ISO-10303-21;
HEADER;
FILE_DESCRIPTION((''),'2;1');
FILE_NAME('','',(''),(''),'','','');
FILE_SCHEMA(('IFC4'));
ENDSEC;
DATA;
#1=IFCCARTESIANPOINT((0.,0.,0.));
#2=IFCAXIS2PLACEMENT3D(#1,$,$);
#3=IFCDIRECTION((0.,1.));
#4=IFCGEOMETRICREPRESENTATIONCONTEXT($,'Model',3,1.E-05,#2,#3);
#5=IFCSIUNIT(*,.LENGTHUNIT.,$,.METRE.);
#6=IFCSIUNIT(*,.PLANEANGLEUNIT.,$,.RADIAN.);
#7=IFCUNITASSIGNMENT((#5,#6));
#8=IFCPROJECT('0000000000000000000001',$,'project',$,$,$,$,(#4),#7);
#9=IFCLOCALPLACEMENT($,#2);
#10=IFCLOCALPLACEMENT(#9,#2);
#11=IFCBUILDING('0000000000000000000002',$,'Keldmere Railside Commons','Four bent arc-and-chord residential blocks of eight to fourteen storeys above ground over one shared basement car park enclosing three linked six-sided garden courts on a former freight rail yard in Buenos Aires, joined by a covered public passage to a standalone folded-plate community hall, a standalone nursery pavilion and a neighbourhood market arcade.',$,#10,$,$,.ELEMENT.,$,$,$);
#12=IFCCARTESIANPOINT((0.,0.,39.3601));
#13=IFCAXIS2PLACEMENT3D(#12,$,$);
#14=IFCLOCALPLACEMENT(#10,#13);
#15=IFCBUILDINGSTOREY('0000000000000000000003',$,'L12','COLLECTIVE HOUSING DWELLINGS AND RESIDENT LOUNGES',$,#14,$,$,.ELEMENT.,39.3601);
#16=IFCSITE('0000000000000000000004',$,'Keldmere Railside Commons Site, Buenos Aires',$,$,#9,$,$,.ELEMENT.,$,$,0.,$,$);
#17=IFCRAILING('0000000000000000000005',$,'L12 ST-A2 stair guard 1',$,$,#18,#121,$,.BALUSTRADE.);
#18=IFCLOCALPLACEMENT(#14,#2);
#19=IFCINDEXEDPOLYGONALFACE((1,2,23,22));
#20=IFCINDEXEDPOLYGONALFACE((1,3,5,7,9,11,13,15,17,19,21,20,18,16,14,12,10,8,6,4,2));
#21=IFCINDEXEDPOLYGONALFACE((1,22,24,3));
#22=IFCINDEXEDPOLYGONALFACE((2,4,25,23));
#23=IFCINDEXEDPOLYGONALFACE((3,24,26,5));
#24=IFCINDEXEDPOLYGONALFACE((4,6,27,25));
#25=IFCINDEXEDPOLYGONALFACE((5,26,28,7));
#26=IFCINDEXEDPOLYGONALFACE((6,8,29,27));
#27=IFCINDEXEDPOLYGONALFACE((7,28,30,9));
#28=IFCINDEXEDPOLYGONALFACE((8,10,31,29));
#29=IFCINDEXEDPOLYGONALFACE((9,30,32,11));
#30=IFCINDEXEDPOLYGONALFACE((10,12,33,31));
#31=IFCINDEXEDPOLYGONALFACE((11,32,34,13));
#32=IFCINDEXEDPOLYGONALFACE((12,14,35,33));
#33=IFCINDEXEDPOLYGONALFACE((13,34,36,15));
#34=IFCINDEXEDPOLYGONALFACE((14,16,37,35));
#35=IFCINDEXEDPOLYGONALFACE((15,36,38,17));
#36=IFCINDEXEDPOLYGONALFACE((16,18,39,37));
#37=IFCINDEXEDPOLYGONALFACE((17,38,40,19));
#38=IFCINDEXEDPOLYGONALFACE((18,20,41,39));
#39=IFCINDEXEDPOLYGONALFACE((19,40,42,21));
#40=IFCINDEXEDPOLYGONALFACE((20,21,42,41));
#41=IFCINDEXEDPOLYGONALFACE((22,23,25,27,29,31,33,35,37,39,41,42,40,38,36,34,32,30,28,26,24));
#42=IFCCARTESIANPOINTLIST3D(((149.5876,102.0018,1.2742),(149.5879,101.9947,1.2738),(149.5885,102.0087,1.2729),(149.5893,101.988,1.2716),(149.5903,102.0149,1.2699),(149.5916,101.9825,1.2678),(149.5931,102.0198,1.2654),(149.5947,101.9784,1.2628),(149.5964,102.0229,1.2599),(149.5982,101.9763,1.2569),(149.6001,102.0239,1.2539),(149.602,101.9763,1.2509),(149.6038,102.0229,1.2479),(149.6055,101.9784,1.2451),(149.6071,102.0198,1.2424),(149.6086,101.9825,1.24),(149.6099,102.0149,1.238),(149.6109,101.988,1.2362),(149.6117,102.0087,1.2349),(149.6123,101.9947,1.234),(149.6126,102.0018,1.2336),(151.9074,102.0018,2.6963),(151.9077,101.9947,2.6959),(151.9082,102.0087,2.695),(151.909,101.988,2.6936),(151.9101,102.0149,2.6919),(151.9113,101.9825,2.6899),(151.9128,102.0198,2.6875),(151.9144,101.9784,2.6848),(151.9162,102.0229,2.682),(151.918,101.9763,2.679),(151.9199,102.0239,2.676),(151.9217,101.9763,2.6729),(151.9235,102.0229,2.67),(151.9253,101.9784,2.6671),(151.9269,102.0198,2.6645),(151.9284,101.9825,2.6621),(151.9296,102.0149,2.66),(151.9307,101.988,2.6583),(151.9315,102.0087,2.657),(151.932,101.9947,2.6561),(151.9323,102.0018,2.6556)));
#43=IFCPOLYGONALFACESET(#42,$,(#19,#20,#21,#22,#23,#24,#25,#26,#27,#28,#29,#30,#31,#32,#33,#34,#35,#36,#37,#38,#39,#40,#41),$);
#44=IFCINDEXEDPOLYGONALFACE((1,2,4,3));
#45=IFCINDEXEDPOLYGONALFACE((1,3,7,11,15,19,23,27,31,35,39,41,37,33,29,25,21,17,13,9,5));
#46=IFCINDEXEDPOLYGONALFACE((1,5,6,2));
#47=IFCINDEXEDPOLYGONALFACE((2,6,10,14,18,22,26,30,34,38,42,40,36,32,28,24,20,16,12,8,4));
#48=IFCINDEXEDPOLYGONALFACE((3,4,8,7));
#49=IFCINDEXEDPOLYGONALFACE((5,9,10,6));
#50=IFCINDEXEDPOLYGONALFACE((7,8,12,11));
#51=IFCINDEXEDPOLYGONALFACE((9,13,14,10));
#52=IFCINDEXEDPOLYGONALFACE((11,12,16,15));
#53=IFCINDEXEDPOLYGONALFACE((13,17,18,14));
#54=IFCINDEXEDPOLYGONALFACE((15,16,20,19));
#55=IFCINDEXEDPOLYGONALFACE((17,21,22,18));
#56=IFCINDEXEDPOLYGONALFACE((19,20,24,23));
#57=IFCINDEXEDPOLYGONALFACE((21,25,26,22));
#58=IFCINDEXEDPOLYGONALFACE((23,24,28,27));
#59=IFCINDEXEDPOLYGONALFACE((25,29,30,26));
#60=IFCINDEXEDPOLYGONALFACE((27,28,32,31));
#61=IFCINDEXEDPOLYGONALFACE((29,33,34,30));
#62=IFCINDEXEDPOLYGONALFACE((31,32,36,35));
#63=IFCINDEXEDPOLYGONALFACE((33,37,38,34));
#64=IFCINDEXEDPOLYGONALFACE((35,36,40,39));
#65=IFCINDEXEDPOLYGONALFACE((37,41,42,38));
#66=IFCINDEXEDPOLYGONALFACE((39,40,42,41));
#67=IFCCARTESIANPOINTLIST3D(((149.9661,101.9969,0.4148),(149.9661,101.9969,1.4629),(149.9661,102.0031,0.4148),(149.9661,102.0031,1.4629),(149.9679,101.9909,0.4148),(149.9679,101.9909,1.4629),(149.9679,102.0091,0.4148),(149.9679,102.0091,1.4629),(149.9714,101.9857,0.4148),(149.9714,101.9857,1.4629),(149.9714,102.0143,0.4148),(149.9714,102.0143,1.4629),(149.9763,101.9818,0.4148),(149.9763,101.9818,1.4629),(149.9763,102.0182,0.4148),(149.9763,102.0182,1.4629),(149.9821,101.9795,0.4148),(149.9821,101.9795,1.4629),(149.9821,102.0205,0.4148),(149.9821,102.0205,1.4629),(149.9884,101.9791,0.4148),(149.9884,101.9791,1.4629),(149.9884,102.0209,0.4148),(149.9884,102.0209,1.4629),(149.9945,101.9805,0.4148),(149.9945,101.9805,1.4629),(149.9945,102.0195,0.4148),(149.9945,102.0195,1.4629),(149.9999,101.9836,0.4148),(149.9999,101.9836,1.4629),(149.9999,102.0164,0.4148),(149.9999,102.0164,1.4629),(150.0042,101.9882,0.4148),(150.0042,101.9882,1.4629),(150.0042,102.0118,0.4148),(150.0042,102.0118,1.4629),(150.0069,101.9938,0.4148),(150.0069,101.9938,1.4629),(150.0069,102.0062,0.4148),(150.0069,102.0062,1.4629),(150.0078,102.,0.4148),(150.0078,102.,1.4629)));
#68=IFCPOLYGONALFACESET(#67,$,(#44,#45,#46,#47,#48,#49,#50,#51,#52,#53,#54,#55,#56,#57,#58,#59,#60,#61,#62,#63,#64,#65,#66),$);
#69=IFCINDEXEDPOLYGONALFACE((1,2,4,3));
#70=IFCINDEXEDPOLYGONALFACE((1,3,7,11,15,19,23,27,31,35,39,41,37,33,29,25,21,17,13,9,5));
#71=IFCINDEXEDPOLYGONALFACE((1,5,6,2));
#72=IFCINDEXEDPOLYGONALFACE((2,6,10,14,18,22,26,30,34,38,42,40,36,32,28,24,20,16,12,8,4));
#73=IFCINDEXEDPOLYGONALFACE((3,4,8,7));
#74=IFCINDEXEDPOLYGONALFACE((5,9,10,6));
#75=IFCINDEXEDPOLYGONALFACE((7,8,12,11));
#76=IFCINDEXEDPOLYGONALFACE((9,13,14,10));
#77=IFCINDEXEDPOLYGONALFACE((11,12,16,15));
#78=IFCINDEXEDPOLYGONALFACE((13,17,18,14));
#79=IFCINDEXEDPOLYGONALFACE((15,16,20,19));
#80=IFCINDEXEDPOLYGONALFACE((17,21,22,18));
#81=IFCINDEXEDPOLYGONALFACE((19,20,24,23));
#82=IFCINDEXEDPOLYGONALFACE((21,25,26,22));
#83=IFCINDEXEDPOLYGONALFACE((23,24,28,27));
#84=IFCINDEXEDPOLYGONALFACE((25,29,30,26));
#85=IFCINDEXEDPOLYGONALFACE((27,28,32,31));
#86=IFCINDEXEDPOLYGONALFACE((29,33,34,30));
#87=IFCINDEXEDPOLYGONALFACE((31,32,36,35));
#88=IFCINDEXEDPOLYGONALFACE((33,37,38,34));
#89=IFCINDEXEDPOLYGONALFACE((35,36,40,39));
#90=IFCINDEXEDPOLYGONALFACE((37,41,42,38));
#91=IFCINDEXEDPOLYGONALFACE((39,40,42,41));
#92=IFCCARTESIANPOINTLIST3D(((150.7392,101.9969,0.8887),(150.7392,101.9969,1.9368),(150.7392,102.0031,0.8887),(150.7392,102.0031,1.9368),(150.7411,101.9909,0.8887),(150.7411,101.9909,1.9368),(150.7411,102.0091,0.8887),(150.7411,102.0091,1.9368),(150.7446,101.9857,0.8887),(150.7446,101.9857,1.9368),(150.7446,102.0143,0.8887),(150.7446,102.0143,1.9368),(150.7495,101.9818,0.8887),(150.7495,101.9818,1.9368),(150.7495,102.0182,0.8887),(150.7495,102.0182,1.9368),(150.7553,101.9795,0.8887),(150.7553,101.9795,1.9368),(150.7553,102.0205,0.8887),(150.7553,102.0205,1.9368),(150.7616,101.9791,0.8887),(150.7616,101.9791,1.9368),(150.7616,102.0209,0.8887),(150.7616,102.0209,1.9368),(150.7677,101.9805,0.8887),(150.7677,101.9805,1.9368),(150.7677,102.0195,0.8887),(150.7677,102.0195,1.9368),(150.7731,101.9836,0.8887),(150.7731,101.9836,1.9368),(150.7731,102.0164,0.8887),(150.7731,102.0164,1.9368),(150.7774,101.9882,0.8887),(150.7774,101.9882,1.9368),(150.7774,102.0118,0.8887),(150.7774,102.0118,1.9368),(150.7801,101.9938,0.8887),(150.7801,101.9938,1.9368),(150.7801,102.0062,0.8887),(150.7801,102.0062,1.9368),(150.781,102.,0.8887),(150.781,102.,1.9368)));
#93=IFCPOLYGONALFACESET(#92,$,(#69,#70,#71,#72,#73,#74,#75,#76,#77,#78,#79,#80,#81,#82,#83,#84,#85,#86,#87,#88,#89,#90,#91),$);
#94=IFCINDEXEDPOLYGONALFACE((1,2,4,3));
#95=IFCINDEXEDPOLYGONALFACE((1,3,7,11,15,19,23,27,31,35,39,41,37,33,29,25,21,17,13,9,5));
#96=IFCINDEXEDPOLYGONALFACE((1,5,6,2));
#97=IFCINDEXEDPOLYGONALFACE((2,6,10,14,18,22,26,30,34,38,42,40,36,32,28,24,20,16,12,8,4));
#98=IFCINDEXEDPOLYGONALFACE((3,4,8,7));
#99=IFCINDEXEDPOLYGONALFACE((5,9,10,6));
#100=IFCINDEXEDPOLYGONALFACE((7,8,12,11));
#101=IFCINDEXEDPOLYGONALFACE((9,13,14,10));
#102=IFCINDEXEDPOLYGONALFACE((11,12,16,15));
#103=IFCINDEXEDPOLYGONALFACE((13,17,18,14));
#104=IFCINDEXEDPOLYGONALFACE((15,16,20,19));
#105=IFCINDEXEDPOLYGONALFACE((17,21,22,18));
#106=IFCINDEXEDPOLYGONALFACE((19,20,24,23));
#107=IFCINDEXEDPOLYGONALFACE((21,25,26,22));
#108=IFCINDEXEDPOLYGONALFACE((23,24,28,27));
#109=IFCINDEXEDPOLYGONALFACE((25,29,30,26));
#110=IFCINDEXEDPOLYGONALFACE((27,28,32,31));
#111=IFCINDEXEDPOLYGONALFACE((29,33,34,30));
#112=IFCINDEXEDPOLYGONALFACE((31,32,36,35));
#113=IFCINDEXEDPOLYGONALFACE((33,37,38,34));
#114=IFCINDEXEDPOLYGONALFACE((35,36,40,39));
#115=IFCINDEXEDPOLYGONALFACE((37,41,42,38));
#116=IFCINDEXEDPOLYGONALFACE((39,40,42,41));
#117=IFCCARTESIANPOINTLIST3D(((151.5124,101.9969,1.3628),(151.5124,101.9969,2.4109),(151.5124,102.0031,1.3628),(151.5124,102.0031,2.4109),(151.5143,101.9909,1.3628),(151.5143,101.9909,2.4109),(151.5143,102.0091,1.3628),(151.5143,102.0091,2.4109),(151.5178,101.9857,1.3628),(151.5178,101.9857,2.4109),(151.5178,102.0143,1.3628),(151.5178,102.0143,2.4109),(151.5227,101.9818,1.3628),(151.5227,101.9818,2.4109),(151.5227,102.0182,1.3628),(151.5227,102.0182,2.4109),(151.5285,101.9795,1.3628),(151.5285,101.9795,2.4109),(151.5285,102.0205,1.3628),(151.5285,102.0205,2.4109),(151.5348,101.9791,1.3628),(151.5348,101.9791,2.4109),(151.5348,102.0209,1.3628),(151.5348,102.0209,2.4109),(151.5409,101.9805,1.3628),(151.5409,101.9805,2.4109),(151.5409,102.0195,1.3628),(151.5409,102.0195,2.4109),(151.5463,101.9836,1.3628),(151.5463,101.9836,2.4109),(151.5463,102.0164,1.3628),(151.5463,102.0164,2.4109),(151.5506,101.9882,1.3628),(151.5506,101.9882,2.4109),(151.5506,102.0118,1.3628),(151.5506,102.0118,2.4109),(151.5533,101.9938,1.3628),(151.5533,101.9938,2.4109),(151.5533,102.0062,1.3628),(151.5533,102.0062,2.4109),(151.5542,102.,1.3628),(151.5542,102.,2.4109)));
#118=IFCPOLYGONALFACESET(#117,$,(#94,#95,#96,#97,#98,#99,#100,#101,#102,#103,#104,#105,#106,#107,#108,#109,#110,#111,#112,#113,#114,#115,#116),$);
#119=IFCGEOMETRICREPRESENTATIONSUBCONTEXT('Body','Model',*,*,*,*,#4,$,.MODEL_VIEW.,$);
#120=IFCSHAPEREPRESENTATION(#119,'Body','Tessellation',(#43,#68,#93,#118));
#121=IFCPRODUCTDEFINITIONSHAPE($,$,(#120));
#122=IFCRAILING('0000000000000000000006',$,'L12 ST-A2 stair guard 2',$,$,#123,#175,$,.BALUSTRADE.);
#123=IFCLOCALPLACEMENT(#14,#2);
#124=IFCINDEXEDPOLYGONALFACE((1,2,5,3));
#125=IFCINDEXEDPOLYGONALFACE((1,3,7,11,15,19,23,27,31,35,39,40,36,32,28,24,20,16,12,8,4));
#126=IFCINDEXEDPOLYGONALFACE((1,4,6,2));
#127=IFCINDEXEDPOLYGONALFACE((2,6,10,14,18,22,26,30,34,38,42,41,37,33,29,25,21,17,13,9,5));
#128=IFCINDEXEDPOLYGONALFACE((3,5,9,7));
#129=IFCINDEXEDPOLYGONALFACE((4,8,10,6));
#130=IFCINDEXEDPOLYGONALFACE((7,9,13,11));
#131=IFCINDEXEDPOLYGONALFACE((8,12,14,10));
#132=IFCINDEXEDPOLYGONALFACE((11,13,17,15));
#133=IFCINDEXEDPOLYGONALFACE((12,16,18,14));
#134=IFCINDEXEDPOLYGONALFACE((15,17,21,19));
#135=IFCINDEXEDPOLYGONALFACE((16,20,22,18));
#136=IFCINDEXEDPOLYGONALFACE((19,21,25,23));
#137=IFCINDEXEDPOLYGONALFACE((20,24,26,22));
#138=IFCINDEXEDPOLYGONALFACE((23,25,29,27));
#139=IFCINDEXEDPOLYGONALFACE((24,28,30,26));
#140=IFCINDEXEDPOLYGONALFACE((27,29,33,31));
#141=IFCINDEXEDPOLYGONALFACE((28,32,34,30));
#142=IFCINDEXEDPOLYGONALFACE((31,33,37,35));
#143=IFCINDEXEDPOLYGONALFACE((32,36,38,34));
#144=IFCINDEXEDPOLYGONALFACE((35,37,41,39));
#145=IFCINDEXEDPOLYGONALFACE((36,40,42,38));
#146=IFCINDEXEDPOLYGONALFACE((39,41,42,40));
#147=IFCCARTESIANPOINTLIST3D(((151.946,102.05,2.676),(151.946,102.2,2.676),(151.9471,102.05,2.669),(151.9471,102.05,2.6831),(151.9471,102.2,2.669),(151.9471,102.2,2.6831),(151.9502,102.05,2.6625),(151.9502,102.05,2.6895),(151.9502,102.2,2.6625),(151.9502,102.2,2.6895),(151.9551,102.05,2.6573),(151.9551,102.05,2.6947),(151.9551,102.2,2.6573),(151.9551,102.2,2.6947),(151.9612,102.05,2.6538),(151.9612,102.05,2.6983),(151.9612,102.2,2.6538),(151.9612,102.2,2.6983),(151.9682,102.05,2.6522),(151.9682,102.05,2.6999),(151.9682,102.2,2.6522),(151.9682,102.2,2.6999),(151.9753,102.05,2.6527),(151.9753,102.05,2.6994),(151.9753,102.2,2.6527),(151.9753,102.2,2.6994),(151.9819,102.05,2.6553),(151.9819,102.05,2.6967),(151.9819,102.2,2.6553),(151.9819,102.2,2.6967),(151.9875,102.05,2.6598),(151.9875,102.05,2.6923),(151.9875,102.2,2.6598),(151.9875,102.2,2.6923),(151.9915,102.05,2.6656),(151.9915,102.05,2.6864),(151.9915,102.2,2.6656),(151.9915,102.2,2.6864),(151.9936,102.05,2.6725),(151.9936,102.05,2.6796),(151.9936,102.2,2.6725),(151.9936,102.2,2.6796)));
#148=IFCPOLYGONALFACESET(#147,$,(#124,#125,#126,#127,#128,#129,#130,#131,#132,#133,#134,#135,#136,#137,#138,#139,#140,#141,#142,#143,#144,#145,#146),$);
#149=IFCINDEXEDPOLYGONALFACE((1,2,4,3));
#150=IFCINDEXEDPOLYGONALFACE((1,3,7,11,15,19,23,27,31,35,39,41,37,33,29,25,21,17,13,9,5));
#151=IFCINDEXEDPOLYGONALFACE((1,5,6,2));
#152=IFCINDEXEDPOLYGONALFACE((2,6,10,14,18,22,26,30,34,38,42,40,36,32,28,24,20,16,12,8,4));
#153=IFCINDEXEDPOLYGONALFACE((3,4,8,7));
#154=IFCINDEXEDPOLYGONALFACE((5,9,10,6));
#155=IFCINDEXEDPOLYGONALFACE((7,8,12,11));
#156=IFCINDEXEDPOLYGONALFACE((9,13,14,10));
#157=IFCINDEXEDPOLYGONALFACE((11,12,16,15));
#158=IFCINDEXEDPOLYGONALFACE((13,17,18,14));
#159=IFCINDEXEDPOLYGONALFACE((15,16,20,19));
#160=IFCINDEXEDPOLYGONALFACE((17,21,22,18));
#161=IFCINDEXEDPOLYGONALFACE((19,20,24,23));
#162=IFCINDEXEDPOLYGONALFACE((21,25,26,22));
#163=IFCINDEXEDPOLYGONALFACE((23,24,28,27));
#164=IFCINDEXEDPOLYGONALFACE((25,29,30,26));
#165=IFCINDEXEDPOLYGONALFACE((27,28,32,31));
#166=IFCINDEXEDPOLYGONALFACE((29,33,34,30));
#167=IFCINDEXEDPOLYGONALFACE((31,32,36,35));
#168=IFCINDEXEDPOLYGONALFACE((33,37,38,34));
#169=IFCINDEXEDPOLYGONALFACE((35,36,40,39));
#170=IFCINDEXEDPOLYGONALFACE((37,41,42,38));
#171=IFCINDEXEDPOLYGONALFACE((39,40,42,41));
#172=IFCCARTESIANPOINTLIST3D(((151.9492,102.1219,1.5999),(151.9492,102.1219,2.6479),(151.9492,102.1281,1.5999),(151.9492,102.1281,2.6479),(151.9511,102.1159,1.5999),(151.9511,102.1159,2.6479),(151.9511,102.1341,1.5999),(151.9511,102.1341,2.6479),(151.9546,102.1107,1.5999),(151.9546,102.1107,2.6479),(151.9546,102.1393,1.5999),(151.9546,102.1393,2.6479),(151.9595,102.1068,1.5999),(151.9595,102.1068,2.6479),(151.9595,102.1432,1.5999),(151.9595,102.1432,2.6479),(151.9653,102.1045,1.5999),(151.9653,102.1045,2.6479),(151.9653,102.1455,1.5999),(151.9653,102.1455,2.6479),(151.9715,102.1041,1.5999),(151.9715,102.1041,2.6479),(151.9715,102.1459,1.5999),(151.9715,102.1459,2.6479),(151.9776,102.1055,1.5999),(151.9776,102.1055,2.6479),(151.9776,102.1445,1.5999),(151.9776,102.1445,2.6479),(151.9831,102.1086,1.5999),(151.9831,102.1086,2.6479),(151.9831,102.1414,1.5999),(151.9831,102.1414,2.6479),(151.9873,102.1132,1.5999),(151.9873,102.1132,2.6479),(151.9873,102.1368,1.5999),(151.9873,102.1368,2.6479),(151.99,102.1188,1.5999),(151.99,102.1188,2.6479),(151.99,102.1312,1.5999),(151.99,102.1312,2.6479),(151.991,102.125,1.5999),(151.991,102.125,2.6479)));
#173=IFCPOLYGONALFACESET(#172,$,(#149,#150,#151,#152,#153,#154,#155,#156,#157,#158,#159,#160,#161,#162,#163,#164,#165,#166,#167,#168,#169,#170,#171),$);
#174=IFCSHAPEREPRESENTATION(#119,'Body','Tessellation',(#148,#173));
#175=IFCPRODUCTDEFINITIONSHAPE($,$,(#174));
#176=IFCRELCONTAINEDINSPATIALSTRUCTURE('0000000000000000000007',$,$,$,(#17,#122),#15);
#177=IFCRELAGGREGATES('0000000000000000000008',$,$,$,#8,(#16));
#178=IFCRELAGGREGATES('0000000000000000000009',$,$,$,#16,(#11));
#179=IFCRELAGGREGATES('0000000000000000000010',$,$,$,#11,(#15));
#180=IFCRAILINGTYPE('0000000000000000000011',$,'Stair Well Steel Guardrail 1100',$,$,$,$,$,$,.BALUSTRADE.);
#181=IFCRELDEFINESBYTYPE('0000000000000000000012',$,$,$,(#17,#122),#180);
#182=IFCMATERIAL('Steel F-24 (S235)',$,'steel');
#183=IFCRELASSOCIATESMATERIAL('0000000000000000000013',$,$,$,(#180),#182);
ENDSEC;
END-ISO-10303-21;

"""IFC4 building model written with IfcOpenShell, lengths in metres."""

from ifc_helpers import new_model, si_unit, direction, frame, origin, origin_2d, place, context, subcontext, project, spatial, circle, extrude, material, type_object, element, save


model = new_model("IFC4")

# Units and contexts
model_context = context("Model", 3, precision=1e-05, world=origin(), true_north=direction((0.0, 1.0)))
body_context = subcontext(model_context, "Body", "Model", "MODEL_VIEW")
ifc_project = project(units=[si_unit("LENGTHUNIT", "METRE"), si_unit("PLANEANGLEUNIT", "RADIAN")], contexts=[model_context])

# Site, building, storey
site_placement = place(None, origin())
site = spatial("IfcSite", under=ifc_project, at=site_placement, Name="Keldmere Railside Commons Site, Buenos Aires", CompositionType="ELEMENT", RefElevation=0.0)
building_placement = place(site_placement, origin())
building = spatial("IfcBuilding", under=site, at=building_placement, Name="Keldmere Railside Commons", Description="Four bent arc-and-chord residential blocks of eight to fourteen storeys above ground over one shared basement car park enclosing three linked six-sided garden courts on a former freight rail yard in Buenos Aires, joined by a covered public passage to a standalone folded-plate community hall, a standalone nursery pavilion and a neighbourhood market arcade.", CompositionType="ELEMENT")
storey_placement = place(building_placement, frame((0.0, 0.0, 39.3601)))
storey = spatial("IfcBuildingStorey", under=building, at=storey_placement, Name="L12", Description="COLLECTIVE HOUSING DWELLINGS AND RESIDENT LOUNGES", CompositionType="ELEMENT", Elevation=39.3601)

# Railings
ifc_material_1 = material(Name="Steel F-24 (S235)", Category="steel")
railing_type_1 = type_object("IfcRailingType", Name="Stair Well Steel Guardrail 1100", PredefinedType="BALUSTRADE", material=ifc_material_1)
railing_1_placement = place(storey_placement, frame((149.6001, 102.0, 0.1777)))
element("IfcRailing", 1, at=railing_1_placement, inside=storey, type_object=railing_type_1, Name="L12 ST-A2 stair guard 1", PredefinedType="BALUSTRADE", context=body_context, shape_type="SweptSolid", body=[
    extrude(circle(Radius=0.0239, at=origin_2d()), frame((0.0, 0.0, 1.0762), z_axis=(0.852554, 0.0, 0.52264), x_axis=(0.0, 1.0, 0.0)), (0.0, 0.0, 1.0), 2.7209),
    extrude(circle(Radius=0.021, at=origin_2d()), frame((0.3867, 0.0, 0.2371)), (0.0, 0.0, 1.0), 1.0481),
    extrude(circle(Radius=0.021, at=origin_2d()), frame((1.1599, 0.0, 0.7109)), (0.0, 0.0, 1.0), 1.0481),
    extrude(circle(Radius=0.021, at=origin_2d()), frame((1.9331, 0.0, 1.1851)), (0.0, 0.0, 1.0), 1.0481),
])
railing_2_placement = place(storey_placement, frame((151.97, 102.05, 1.5999)))
element("IfcRailing", 2, at=railing_2_placement, inside=storey, type_object=railing_type_1, Name="L12 ST-A2 stair guard 2", PredefinedType="BALUSTRADE", context=body_context, shape_type="SweptSolid", body=[
    extrude(circle(Radius=0.0239, at=origin_2d()), frame((0.0, 0.0, 1.0762), z_axis=(0.0, 1.0, 0.0), x_axis=(-1.0, 0.0, 0.0)), (0.0, 0.0, 1.0), 0.1499),
    extrude(circle(Radius=0.021, at=origin_2d()), frame((0.0, 0.075, 0.0)), (0.0, 0.0, 1.0), 1.0481),
])

save(model, "model.ifc")
